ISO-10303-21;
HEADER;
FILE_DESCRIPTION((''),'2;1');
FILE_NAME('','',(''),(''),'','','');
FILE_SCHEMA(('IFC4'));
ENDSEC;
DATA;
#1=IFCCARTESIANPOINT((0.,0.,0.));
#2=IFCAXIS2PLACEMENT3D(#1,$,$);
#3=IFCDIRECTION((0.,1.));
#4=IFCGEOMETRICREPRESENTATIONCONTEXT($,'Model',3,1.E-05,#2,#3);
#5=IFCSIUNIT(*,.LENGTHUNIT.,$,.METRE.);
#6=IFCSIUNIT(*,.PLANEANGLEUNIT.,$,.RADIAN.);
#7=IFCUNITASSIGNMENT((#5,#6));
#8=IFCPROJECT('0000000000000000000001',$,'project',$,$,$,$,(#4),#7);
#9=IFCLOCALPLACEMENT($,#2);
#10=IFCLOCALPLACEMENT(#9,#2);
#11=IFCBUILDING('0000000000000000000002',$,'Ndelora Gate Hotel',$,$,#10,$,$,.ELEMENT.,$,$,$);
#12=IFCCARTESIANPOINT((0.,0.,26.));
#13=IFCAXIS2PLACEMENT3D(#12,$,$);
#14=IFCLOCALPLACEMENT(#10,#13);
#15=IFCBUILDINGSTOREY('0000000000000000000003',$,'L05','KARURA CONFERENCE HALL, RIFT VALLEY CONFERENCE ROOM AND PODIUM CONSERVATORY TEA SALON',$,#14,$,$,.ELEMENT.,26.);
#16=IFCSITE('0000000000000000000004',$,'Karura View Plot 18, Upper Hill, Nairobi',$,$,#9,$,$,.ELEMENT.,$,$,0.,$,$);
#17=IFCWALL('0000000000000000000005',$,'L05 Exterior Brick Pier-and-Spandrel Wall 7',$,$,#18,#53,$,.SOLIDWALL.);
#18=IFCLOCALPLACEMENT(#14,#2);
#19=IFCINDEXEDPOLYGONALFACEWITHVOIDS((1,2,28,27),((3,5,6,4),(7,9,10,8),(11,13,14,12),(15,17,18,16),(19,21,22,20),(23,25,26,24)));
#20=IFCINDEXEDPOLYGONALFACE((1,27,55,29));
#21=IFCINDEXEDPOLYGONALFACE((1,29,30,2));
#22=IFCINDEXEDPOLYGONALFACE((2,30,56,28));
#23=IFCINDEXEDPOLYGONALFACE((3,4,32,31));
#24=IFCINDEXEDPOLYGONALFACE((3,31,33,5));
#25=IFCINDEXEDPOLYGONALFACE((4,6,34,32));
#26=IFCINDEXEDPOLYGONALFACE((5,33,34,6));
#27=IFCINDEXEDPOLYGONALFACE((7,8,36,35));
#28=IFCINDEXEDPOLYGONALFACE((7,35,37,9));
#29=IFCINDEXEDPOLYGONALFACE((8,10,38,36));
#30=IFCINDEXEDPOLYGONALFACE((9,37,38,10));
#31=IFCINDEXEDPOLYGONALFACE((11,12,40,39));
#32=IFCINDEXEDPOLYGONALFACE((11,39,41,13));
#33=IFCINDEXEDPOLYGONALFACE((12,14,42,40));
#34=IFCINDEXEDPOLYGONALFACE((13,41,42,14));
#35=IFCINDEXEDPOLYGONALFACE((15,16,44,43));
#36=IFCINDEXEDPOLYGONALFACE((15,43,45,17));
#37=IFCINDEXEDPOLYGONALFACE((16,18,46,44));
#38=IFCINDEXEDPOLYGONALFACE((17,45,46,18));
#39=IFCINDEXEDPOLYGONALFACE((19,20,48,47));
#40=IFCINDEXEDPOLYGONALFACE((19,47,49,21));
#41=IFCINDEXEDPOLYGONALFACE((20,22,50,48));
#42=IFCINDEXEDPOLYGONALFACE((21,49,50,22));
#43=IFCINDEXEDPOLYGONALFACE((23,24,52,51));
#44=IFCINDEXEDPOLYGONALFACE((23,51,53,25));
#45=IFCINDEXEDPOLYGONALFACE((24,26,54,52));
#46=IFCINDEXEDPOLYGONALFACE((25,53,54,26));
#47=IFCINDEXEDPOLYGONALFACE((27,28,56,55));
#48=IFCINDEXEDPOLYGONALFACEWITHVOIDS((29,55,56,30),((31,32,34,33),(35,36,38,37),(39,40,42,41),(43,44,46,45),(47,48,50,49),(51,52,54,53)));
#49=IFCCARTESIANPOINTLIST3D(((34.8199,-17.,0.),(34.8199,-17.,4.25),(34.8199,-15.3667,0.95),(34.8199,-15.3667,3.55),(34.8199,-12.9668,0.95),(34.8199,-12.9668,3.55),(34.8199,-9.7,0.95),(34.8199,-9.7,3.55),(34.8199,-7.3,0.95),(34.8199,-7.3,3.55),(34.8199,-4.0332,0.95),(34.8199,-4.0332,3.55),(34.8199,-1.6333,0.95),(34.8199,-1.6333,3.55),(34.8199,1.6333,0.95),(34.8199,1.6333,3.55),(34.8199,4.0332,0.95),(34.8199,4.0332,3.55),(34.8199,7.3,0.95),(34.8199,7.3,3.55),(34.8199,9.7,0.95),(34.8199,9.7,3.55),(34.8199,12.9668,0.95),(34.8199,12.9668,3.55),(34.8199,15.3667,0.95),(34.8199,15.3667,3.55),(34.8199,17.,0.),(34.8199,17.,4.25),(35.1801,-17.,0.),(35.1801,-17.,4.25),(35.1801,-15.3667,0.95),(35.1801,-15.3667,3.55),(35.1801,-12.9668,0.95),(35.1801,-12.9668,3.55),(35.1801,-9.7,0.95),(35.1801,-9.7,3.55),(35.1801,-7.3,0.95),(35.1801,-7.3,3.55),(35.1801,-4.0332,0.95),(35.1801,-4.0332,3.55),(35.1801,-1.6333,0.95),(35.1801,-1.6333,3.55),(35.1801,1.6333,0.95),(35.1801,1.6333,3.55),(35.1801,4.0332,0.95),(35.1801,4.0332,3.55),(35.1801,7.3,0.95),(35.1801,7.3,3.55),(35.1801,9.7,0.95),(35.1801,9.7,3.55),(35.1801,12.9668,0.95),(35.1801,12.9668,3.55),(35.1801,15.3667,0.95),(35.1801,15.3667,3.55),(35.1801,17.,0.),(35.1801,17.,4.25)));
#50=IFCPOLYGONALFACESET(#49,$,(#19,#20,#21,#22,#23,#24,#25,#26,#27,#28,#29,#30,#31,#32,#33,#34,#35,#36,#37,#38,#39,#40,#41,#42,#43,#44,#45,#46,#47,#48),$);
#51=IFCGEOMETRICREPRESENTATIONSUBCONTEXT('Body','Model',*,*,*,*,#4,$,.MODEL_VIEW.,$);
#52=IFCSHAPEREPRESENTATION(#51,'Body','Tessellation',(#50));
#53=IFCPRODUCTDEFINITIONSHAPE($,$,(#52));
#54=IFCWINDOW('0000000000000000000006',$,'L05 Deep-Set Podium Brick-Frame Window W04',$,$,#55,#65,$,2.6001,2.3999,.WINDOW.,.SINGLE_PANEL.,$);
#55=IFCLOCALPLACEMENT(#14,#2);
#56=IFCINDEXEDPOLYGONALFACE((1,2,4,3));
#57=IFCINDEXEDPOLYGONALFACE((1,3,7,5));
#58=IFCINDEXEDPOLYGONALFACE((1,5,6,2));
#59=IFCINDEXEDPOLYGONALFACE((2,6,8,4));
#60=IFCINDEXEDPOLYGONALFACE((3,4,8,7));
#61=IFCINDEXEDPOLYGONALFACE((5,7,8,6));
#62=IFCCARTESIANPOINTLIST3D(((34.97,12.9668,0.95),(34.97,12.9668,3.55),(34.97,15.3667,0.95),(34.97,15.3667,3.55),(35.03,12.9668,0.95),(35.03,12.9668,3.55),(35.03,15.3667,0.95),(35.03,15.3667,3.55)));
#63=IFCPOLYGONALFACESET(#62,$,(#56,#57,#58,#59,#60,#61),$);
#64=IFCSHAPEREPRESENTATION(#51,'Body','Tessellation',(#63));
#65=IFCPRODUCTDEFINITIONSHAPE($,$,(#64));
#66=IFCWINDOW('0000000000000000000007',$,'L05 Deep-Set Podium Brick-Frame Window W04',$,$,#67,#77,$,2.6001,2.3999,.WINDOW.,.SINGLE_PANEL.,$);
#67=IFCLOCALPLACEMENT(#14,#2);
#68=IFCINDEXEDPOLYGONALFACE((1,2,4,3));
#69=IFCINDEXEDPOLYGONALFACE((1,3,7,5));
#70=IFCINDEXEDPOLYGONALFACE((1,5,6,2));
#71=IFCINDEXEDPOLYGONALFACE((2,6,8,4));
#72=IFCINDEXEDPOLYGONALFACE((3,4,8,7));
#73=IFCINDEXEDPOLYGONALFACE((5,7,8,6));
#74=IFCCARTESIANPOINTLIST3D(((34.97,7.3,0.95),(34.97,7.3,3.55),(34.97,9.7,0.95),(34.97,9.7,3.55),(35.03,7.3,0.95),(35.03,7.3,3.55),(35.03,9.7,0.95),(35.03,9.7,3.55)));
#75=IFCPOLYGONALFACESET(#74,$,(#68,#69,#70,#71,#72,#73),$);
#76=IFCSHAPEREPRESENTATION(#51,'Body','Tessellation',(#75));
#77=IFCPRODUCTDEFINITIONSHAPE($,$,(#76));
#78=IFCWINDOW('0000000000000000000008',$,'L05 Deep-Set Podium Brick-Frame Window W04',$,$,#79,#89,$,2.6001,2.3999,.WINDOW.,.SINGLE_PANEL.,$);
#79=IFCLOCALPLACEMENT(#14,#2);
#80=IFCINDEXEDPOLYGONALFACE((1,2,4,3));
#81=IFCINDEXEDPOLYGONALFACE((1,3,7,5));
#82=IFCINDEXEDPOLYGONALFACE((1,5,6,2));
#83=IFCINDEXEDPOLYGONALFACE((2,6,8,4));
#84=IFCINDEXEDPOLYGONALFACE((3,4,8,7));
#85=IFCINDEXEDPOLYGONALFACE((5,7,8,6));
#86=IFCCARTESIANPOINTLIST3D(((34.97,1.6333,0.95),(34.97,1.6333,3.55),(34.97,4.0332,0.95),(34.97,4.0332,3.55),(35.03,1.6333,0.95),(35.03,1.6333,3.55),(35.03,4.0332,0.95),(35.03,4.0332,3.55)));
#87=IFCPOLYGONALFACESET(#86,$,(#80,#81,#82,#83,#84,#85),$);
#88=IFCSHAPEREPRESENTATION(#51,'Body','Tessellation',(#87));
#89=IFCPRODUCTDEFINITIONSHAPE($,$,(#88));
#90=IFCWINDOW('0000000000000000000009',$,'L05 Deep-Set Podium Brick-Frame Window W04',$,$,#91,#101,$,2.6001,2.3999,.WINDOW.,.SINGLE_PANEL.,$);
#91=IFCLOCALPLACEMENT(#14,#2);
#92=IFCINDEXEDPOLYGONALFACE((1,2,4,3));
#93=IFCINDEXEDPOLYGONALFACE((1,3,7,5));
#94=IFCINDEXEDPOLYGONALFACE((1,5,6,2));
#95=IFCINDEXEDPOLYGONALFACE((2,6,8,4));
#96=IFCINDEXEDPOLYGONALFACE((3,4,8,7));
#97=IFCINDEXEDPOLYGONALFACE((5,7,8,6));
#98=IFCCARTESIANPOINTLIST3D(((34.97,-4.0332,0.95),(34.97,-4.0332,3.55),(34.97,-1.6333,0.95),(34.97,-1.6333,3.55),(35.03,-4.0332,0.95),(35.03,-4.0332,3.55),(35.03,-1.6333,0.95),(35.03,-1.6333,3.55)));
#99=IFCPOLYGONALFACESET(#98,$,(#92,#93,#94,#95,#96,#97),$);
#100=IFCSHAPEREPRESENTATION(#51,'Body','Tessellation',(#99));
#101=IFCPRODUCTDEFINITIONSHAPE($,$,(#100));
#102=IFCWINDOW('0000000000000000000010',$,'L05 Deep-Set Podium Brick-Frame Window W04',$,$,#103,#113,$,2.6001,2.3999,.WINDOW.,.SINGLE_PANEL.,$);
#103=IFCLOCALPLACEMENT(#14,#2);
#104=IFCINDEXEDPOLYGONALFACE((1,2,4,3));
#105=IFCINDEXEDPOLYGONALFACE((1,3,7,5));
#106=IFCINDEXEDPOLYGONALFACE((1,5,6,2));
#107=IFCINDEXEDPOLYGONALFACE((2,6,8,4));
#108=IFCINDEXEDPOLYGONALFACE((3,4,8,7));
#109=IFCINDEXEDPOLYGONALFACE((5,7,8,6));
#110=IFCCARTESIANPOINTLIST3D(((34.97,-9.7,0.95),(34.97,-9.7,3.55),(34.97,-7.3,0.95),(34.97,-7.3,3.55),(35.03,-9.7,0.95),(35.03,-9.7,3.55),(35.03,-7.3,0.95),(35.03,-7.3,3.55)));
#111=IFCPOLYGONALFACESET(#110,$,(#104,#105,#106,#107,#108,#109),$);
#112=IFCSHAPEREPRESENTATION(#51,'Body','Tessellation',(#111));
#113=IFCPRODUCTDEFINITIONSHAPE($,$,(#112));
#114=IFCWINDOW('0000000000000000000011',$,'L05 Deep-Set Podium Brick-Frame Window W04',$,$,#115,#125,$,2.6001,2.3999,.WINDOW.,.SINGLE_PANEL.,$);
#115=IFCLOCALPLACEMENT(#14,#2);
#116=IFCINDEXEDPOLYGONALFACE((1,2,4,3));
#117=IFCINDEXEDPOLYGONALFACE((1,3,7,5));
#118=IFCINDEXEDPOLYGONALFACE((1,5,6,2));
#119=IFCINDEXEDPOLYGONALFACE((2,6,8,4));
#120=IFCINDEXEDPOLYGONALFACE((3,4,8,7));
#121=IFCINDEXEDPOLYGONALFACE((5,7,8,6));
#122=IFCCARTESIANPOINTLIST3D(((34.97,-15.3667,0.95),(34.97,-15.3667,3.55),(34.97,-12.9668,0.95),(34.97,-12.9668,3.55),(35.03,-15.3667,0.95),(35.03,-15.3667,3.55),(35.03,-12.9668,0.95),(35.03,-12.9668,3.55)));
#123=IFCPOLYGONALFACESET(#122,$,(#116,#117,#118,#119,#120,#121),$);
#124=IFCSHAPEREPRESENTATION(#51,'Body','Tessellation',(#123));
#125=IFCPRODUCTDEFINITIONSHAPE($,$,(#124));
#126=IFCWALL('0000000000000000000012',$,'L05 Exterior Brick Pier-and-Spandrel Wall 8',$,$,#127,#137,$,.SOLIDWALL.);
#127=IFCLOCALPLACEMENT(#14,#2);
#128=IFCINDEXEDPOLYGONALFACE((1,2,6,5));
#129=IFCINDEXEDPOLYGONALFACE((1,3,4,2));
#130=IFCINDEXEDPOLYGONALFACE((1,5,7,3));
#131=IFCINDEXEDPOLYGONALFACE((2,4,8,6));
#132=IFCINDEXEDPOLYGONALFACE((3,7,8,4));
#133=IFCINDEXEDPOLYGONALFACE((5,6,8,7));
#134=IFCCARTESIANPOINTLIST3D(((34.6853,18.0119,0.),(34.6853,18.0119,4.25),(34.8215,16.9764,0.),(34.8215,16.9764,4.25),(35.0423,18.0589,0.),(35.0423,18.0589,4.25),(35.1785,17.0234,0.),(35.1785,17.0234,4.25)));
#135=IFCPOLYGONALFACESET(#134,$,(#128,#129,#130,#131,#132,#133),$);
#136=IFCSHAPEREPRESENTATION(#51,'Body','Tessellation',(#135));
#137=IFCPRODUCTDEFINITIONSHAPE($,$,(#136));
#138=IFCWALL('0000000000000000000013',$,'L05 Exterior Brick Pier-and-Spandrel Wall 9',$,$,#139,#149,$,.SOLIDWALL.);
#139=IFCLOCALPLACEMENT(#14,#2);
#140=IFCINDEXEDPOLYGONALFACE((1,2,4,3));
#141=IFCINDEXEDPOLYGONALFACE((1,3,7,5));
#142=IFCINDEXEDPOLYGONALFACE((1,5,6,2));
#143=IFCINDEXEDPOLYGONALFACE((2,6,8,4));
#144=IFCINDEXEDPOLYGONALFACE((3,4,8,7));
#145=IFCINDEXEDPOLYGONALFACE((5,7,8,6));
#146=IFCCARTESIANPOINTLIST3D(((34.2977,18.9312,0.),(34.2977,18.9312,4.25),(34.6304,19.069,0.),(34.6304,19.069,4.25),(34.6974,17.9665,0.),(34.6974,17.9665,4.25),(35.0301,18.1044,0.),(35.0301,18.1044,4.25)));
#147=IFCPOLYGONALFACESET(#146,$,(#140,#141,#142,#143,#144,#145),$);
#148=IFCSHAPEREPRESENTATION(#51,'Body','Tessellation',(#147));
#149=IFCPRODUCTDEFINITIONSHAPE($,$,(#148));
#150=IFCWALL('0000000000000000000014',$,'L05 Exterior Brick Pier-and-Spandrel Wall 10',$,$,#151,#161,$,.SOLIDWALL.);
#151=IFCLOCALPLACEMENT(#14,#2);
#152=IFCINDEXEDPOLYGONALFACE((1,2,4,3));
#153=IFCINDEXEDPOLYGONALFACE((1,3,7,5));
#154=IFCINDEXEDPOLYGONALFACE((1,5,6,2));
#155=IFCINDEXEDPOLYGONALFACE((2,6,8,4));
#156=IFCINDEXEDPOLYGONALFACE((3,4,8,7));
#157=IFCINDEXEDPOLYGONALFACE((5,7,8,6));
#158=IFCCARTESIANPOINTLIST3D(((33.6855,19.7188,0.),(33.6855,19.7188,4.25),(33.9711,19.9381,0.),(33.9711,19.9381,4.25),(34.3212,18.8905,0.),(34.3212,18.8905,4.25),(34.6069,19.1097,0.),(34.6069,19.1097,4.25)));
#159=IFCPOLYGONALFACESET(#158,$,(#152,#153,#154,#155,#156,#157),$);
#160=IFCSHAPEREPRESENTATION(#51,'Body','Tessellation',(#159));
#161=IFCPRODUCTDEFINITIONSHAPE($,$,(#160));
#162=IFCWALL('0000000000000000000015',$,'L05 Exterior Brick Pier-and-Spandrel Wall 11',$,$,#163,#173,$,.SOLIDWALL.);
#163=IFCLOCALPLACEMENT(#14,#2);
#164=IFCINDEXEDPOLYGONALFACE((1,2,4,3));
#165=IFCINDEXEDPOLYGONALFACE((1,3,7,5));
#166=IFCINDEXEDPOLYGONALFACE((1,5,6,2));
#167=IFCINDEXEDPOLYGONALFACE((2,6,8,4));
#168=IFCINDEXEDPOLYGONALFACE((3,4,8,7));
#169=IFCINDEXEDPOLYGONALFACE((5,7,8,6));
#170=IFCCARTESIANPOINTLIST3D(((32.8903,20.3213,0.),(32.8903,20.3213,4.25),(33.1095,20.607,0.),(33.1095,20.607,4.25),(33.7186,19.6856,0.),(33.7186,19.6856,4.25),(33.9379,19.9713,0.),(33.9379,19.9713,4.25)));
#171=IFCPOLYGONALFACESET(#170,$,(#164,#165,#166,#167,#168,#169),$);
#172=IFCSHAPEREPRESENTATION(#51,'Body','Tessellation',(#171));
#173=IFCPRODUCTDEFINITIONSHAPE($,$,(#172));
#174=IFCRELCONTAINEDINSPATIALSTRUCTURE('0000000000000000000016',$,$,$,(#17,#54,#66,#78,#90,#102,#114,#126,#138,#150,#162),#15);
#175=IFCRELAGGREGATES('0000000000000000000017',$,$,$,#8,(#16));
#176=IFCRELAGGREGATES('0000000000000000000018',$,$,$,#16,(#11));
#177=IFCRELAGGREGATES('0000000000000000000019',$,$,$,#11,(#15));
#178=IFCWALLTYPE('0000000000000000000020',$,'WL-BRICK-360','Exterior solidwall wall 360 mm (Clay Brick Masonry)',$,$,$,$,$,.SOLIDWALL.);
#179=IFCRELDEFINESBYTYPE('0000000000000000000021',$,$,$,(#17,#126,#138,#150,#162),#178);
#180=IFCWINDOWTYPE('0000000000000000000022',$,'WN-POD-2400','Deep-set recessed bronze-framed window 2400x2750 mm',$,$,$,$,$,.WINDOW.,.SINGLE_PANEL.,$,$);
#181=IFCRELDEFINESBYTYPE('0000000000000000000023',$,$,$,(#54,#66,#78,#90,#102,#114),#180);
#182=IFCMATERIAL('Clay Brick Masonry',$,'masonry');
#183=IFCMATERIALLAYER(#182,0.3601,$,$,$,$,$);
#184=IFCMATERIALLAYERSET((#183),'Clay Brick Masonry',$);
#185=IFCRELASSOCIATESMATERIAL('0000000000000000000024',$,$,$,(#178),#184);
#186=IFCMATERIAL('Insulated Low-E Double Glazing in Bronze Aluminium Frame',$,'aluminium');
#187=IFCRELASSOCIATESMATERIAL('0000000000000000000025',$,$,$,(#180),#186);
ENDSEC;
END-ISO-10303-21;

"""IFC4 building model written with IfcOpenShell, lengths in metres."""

from ifc_helpers import new_model, si_unit, direction, frame, frame_2d, origin, place, context, subcontext, project, spatial, rectangle, extrude, material, layer, layer_set, type_object, element, fill, save


model = new_model("IFC4")

# Units and contexts
model_context = context("Model", 3, precision=1e-05, world=origin(), true_north=direction((0.0, 1.0)))
body_context = subcontext(model_context, "Body", "Model", "MODEL_VIEW")
ifc_project = project(units=[si_unit("LENGTHUNIT", "METRE"), si_unit("PLANEANGLEUNIT", "RADIAN")], contexts=[model_context])

# Site, building, storey
site_placement = place(None, origin())
site = spatial("IfcSite", under=ifc_project, at=site_placement, Name="Karura View Plot 18, Upper Hill, Nairobi", CompositionType="ELEMENT", RefElevation=0.0)
building_placement = place(site_placement, origin())
building = spatial("IfcBuilding", under=site, at=building_placement, Name="Ndelora Gate Hotel", CompositionType="ELEMENT")
storey_placement = place(building_placement, frame((0.0, 0.0, 26.0)))
storey = spatial("IfcBuildingStorey", under=building, at=storey_placement, Name="L05", Description="KARURA CONFERENCE HALL, RIFT VALLEY CONFERENCE ROOM AND PODIUM CONSERVATORY TEA SALON", CompositionType="ELEMENT", Elevation=26.0)

# Wall, openings, windows
ifc_material_1 = material(Name="Clay Brick Masonry", Category="masonry")
ifc_layer_1 = layer(ifc_material_1, 0.3601)
ifc_layer_set_1 = layer_set([ifc_layer_1], Name="Clay Brick Masonry")
wall_type_1 = type_object("IfcWallType", Name="WL-BRICK-360", Description="Exterior solidwall wall 360 mm (Clay Brick Masonry)", PredefinedType="SOLIDWALL", material=ifc_layer_set_1)
wall_1_placement = place(storey_placement, frame((35.0, 17.0, 0.0), z_axis=(0.0, 0.0, 1.0), x_axis=(0.0, -1.0, 0.0)))
wall_1 = element("IfcWall", 1, at=wall_1_placement, inside=storey, type_object=wall_type_1, Name="L05 Exterior Brick Pier-and-Spandrel Wall 7", PredefinedType="SOLIDWALL", context=body_context, shape_type="SweptSolid", body=[
    extrude(rectangle(XDim=34.0, YDim=0.3601, at=frame_2d((17.0, 0.0))), origin(), (0.0, 0.0, 1.0), 4.25),
])
opening_1_placement = place(wall_1_placement, frame((1.6333, 0.0, 0.95)))
opening_1 = element("IfcOpeningElement", 2, at=opening_1_placement, cuts=wall_1, PredefinedType="OPENING", context=body_context, shape_type="SweptSolid", body=[
    extrude(rectangle(XDim=2.3999, YDim=2.6001, at=frame_2d((1.2, 1.3))), frame((0.0, 0.1899, 0.0), z_axis=(0.0, -1.0, 0.0), x_axis=(1.0, 0.0, 0.0)), (0.0, 0.0, 1.0), 0.3801),
])
opening_2_placement = place(wall_1_placement, frame((7.3, 0.0, 0.95)))
opening_2 = element("IfcOpeningElement", 3, at=opening_2_placement, cuts=wall_1, PredefinedType="OPENING", context=body_context, shape_type="SweptSolid", body=[
    extrude(rectangle(XDim=2.3999, YDim=2.6001, at=frame_2d((1.2, 1.3))), frame((0.0, 0.1899, 0.0), z_axis=(0.0, -1.0, 0.0), x_axis=(1.0, 0.0, 0.0)), (0.0, 0.0, 1.0), 0.3801),
])
opening_3_placement = place(wall_1_placement, frame((12.9668, 0.0, 0.95)))
opening_3 = element("IfcOpeningElement", 4, at=opening_3_placement, cuts=wall_1, PredefinedType="OPENING", context=body_context, shape_type="SweptSolid", body=[
    extrude(rectangle(XDim=2.3999, YDim=2.6001, at=frame_2d((1.2, 1.3))), frame((0.0, 0.1899, 0.0), z_axis=(0.0, -1.0, 0.0), x_axis=(1.0, 0.0, 0.0)), (0.0, 0.0, 1.0), 0.3801),
])
opening_4_placement = place(wall_1_placement, frame((18.6333, 0.0, 0.95)))
opening_4 = element("IfcOpeningElement", 5, at=opening_4_placement, cuts=wall_1, PredefinedType="OPENING", context=body_context, shape_type="SweptSolid", body=[
    extrude(rectangle(XDim=2.3999, YDim=2.6001, at=frame_2d((1.2, 1.3))), frame((0.0, 0.1899, 0.0), z_axis=(0.0, -1.0, 0.0), x_axis=(1.0, 0.0, 0.0)), (0.0, 0.0, 1.0), 0.3801),
])
opening_5_placement = place(wall_1_placement, frame((24.3, 0.0, 0.95)))
opening_5 = element("IfcOpeningElement", 6, at=opening_5_placement, cuts=wall_1, PredefinedType="OPENING", context=body_context, shape_type="SweptSolid", body=[
    extrude(rectangle(XDim=2.3999, YDim=2.6001, at=frame_2d((1.2, 1.3))), frame((0.0, 0.1899, 0.0), z_axis=(0.0, -1.0, 0.0), x_axis=(1.0, 0.0, 0.0)), (0.0, 0.0, 1.0), 0.3801),
])
opening_6_placement = place(wall_1_placement, frame((29.9668, 0.0, 0.95)))
opening_6 = element("IfcOpeningElement", 7, at=opening_6_placement, cuts=wall_1, PredefinedType="OPENING", context=body_context, shape_type="SweptSolid", body=[
    extrude(rectangle(XDim=2.3999, YDim=2.6001, at=frame_2d((1.2, 1.3))), frame((0.0, 0.1899, 0.0), z_axis=(0.0, -1.0, 0.0), x_axis=(1.0, 0.0, 0.0)), (0.0, 0.0, 1.0), 0.3801),
])
ifc_material_2 = material(Name="Insulated Low-E Double Glazing in Bronze Aluminium Frame", Category="aluminium")
window_type = type_object("IfcWindowType", Name="WN-POD-2400", Description="Deep-set recessed bronze-framed window 2400x2750 mm", PartitioningType="SINGLE_PANEL", PredefinedType="WINDOW", material=ifc_material_2)
window_1_placement = place(opening_1_placement, origin())
window_1 = element("IfcWindow", 8, at=window_1_placement, inside=storey, type_object=window_type, Name="L05 Deep-Set Podium Brick-Frame Window W04", OverallHeight=2.6001, OverallWidth=2.3999, PartitioningType="SINGLE_PANEL", PredefinedType="WINDOW", context=body_context, shape_type="SweptSolid", body=[
    extrude(rectangle(XDim=2.3999, YDim=2.6001, at=frame_2d((1.2, 1.3))), frame((0.0, 0.03, 0.0), z_axis=(0.0, -1.0, 0.0), x_axis=(1.0, 0.0, 0.0)), (0.0, 0.0, 1.0), 0.0601),
])
fill(opening_1, window_1)
window_2_placement = place(opening_2_placement, origin())
window_2 = element("IfcWindow", 9, at=window_2_placement, inside=storey, type_object=window_type, Name="L05 Deep-Set Podium Brick-Frame Window W04", OverallHeight=2.6001, OverallWidth=2.3999, PartitioningType="SINGLE_PANEL", PredefinedType="WINDOW", context=body_context, shape_type="SweptSolid", body=[
    extrude(rectangle(XDim=2.3999, YDim=2.6001, at=frame_2d((1.2, 1.3))), frame((0.0, 0.03, 0.0), z_axis=(0.0, -1.0, 0.0), x_axis=(1.0, 0.0, 0.0)), (0.0, 0.0, 1.0), 0.0601),
])
fill(opening_2, window_2)
window_3_placement = place(opening_3_placement, origin())
window_3 = element("IfcWindow", 10, at=window_3_placement, inside=storey, type_object=window_type, Name="L05 Deep-Set Podium Brick-Frame Window W04", OverallHeight=2.6001, OverallWidth=2.3999, PartitioningType="SINGLE_PANEL", PredefinedType="WINDOW", context=body_context, shape_type="SweptSolid", body=[
    extrude(rectangle(XDim=2.3999, YDim=2.6001, at=frame_2d((1.2, 1.3))), frame((0.0, 0.03, 0.0), z_axis=(0.0, -1.0, 0.0), x_axis=(1.0, 0.0, 0.0)), (0.0, 0.0, 1.0), 0.0601),
])
fill(opening_3, window_3)
window_4_placement = place(opening_4_placement, origin())
window_4 = element("IfcWindow", 11, at=window_4_placement, inside=storey, type_object=window_type, Name="L05 Deep-Set Podium Brick-Frame Window W04", OverallHeight=2.6001, OverallWidth=2.3999, PartitioningType="SINGLE_PANEL", PredefinedType="WINDOW", context=body_context, shape_type="SweptSolid", body=[
    extrude(rectangle(XDim=2.3999, YDim=2.6001, at=frame_2d((1.2, 1.3))), frame((0.0, 0.03, 0.0), z_axis=(0.0, -1.0, 0.0), x_axis=(1.0, 0.0, 0.0)), (0.0, 0.0, 1.0), 0.0601),
])
fill(opening_4, window_4)
window_5_placement = place(opening_5_placement, origin())
window_5 = element("IfcWindow", 12, at=window_5_placement, inside=storey, type_object=window_type, Name="L05 Deep-Set Podium Brick-Frame Window W04", OverallHeight=2.6001, OverallWidth=2.3999, PartitioningType="SINGLE_PANEL", PredefinedType="WINDOW", context=body_context, shape_type="SweptSolid", body=[
    extrude(rectangle(XDim=2.3999, YDim=2.6001, at=frame_2d((1.2, 1.3))), frame((0.0, 0.03, 0.0), z_axis=(0.0, -1.0, 0.0), x_axis=(1.0, 0.0, 0.0)), (0.0, 0.0, 1.0), 0.0601),
])
fill(opening_5, window_5)
window_6_placement = place(opening_6_placement, origin())
window_6 = element("IfcWindow", 13, at=window_6_placement, inside=storey, type_object=window_type, Name="L05 Deep-Set Podium Brick-Frame Window W04", OverallHeight=2.6001, OverallWidth=2.3999, PartitioningType="SINGLE_PANEL", PredefinedType="WINDOW", context=body_context, shape_type="SweptSolid", body=[
    extrude(rectangle(XDim=2.3999, YDim=2.6001, at=frame_2d((1.2, 1.3))), frame((0.0, 0.03, 0.0), z_axis=(0.0, -1.0, 0.0), x_axis=(1.0, 0.0, 0.0)), (0.0, 0.0, 1.0), 0.0601),
])
fill(opening_6, window_6)

# Walls
wall_2_placement = place(storey_placement, frame((34.8638, 18.0354, 0.0), z_axis=(0.0, 0.0, 1.0), x_axis=(0.130448, -0.991455, 0.0)))
element("IfcWall", 14, at=wall_2_placement, inside=storey, type_object=wall_type_1, Name="L05 Exterior Brick Pier-and-Spandrel Wall 8", PredefinedType="SOLIDWALL", context=body_context, shape_type="SweptSolid", body=[
    extrude(rectangle(XDim=1.0444, YDim=0.3601, at=frame_2d((0.5222, 0.0))), origin(), (0.0, 0.0, 1.0), 4.25),
])
for number, where, z_axis, x_axis, name in (
    (15, (34.4641, 19.0, 0.0), (0.0, 0.0, 1.0), (0.382772, -0.923843, 0.0), "L05 Exterior Brick Pier-and-Spandrel Wall 9"),
    (16, (33.8284, 19.8284, 0.0), (0.0, 0.0, 1.0), (0.608829, -0.793301, 0.0), "L05 Exterior Brick Pier-and-Spandrel Wall 10"),
    (17, (33.0, 20.4641, 0.0), (0.0, 0.0, 1.0), (0.793301, -0.608829, 0.0), "L05 Exterior Brick Pier-and-Spandrel Wall 11"),
):
    element("IfcWall", number, at=place(storey_placement, frame(where, z_axis=z_axis, x_axis=x_axis)), inside=storey, type_object=wall_type_1, Name=name, PredefinedType="SOLIDWALL", context=body_context, shape_type="SweptSolid", body=[
        extrude(rectangle(XDim=1.0442, YDim=0.3601, at=frame_2d((0.522, 0.0))), origin(), (0.0, 0.0, 1.0), 4.25),
    ])

save(model, "model.ifc")
